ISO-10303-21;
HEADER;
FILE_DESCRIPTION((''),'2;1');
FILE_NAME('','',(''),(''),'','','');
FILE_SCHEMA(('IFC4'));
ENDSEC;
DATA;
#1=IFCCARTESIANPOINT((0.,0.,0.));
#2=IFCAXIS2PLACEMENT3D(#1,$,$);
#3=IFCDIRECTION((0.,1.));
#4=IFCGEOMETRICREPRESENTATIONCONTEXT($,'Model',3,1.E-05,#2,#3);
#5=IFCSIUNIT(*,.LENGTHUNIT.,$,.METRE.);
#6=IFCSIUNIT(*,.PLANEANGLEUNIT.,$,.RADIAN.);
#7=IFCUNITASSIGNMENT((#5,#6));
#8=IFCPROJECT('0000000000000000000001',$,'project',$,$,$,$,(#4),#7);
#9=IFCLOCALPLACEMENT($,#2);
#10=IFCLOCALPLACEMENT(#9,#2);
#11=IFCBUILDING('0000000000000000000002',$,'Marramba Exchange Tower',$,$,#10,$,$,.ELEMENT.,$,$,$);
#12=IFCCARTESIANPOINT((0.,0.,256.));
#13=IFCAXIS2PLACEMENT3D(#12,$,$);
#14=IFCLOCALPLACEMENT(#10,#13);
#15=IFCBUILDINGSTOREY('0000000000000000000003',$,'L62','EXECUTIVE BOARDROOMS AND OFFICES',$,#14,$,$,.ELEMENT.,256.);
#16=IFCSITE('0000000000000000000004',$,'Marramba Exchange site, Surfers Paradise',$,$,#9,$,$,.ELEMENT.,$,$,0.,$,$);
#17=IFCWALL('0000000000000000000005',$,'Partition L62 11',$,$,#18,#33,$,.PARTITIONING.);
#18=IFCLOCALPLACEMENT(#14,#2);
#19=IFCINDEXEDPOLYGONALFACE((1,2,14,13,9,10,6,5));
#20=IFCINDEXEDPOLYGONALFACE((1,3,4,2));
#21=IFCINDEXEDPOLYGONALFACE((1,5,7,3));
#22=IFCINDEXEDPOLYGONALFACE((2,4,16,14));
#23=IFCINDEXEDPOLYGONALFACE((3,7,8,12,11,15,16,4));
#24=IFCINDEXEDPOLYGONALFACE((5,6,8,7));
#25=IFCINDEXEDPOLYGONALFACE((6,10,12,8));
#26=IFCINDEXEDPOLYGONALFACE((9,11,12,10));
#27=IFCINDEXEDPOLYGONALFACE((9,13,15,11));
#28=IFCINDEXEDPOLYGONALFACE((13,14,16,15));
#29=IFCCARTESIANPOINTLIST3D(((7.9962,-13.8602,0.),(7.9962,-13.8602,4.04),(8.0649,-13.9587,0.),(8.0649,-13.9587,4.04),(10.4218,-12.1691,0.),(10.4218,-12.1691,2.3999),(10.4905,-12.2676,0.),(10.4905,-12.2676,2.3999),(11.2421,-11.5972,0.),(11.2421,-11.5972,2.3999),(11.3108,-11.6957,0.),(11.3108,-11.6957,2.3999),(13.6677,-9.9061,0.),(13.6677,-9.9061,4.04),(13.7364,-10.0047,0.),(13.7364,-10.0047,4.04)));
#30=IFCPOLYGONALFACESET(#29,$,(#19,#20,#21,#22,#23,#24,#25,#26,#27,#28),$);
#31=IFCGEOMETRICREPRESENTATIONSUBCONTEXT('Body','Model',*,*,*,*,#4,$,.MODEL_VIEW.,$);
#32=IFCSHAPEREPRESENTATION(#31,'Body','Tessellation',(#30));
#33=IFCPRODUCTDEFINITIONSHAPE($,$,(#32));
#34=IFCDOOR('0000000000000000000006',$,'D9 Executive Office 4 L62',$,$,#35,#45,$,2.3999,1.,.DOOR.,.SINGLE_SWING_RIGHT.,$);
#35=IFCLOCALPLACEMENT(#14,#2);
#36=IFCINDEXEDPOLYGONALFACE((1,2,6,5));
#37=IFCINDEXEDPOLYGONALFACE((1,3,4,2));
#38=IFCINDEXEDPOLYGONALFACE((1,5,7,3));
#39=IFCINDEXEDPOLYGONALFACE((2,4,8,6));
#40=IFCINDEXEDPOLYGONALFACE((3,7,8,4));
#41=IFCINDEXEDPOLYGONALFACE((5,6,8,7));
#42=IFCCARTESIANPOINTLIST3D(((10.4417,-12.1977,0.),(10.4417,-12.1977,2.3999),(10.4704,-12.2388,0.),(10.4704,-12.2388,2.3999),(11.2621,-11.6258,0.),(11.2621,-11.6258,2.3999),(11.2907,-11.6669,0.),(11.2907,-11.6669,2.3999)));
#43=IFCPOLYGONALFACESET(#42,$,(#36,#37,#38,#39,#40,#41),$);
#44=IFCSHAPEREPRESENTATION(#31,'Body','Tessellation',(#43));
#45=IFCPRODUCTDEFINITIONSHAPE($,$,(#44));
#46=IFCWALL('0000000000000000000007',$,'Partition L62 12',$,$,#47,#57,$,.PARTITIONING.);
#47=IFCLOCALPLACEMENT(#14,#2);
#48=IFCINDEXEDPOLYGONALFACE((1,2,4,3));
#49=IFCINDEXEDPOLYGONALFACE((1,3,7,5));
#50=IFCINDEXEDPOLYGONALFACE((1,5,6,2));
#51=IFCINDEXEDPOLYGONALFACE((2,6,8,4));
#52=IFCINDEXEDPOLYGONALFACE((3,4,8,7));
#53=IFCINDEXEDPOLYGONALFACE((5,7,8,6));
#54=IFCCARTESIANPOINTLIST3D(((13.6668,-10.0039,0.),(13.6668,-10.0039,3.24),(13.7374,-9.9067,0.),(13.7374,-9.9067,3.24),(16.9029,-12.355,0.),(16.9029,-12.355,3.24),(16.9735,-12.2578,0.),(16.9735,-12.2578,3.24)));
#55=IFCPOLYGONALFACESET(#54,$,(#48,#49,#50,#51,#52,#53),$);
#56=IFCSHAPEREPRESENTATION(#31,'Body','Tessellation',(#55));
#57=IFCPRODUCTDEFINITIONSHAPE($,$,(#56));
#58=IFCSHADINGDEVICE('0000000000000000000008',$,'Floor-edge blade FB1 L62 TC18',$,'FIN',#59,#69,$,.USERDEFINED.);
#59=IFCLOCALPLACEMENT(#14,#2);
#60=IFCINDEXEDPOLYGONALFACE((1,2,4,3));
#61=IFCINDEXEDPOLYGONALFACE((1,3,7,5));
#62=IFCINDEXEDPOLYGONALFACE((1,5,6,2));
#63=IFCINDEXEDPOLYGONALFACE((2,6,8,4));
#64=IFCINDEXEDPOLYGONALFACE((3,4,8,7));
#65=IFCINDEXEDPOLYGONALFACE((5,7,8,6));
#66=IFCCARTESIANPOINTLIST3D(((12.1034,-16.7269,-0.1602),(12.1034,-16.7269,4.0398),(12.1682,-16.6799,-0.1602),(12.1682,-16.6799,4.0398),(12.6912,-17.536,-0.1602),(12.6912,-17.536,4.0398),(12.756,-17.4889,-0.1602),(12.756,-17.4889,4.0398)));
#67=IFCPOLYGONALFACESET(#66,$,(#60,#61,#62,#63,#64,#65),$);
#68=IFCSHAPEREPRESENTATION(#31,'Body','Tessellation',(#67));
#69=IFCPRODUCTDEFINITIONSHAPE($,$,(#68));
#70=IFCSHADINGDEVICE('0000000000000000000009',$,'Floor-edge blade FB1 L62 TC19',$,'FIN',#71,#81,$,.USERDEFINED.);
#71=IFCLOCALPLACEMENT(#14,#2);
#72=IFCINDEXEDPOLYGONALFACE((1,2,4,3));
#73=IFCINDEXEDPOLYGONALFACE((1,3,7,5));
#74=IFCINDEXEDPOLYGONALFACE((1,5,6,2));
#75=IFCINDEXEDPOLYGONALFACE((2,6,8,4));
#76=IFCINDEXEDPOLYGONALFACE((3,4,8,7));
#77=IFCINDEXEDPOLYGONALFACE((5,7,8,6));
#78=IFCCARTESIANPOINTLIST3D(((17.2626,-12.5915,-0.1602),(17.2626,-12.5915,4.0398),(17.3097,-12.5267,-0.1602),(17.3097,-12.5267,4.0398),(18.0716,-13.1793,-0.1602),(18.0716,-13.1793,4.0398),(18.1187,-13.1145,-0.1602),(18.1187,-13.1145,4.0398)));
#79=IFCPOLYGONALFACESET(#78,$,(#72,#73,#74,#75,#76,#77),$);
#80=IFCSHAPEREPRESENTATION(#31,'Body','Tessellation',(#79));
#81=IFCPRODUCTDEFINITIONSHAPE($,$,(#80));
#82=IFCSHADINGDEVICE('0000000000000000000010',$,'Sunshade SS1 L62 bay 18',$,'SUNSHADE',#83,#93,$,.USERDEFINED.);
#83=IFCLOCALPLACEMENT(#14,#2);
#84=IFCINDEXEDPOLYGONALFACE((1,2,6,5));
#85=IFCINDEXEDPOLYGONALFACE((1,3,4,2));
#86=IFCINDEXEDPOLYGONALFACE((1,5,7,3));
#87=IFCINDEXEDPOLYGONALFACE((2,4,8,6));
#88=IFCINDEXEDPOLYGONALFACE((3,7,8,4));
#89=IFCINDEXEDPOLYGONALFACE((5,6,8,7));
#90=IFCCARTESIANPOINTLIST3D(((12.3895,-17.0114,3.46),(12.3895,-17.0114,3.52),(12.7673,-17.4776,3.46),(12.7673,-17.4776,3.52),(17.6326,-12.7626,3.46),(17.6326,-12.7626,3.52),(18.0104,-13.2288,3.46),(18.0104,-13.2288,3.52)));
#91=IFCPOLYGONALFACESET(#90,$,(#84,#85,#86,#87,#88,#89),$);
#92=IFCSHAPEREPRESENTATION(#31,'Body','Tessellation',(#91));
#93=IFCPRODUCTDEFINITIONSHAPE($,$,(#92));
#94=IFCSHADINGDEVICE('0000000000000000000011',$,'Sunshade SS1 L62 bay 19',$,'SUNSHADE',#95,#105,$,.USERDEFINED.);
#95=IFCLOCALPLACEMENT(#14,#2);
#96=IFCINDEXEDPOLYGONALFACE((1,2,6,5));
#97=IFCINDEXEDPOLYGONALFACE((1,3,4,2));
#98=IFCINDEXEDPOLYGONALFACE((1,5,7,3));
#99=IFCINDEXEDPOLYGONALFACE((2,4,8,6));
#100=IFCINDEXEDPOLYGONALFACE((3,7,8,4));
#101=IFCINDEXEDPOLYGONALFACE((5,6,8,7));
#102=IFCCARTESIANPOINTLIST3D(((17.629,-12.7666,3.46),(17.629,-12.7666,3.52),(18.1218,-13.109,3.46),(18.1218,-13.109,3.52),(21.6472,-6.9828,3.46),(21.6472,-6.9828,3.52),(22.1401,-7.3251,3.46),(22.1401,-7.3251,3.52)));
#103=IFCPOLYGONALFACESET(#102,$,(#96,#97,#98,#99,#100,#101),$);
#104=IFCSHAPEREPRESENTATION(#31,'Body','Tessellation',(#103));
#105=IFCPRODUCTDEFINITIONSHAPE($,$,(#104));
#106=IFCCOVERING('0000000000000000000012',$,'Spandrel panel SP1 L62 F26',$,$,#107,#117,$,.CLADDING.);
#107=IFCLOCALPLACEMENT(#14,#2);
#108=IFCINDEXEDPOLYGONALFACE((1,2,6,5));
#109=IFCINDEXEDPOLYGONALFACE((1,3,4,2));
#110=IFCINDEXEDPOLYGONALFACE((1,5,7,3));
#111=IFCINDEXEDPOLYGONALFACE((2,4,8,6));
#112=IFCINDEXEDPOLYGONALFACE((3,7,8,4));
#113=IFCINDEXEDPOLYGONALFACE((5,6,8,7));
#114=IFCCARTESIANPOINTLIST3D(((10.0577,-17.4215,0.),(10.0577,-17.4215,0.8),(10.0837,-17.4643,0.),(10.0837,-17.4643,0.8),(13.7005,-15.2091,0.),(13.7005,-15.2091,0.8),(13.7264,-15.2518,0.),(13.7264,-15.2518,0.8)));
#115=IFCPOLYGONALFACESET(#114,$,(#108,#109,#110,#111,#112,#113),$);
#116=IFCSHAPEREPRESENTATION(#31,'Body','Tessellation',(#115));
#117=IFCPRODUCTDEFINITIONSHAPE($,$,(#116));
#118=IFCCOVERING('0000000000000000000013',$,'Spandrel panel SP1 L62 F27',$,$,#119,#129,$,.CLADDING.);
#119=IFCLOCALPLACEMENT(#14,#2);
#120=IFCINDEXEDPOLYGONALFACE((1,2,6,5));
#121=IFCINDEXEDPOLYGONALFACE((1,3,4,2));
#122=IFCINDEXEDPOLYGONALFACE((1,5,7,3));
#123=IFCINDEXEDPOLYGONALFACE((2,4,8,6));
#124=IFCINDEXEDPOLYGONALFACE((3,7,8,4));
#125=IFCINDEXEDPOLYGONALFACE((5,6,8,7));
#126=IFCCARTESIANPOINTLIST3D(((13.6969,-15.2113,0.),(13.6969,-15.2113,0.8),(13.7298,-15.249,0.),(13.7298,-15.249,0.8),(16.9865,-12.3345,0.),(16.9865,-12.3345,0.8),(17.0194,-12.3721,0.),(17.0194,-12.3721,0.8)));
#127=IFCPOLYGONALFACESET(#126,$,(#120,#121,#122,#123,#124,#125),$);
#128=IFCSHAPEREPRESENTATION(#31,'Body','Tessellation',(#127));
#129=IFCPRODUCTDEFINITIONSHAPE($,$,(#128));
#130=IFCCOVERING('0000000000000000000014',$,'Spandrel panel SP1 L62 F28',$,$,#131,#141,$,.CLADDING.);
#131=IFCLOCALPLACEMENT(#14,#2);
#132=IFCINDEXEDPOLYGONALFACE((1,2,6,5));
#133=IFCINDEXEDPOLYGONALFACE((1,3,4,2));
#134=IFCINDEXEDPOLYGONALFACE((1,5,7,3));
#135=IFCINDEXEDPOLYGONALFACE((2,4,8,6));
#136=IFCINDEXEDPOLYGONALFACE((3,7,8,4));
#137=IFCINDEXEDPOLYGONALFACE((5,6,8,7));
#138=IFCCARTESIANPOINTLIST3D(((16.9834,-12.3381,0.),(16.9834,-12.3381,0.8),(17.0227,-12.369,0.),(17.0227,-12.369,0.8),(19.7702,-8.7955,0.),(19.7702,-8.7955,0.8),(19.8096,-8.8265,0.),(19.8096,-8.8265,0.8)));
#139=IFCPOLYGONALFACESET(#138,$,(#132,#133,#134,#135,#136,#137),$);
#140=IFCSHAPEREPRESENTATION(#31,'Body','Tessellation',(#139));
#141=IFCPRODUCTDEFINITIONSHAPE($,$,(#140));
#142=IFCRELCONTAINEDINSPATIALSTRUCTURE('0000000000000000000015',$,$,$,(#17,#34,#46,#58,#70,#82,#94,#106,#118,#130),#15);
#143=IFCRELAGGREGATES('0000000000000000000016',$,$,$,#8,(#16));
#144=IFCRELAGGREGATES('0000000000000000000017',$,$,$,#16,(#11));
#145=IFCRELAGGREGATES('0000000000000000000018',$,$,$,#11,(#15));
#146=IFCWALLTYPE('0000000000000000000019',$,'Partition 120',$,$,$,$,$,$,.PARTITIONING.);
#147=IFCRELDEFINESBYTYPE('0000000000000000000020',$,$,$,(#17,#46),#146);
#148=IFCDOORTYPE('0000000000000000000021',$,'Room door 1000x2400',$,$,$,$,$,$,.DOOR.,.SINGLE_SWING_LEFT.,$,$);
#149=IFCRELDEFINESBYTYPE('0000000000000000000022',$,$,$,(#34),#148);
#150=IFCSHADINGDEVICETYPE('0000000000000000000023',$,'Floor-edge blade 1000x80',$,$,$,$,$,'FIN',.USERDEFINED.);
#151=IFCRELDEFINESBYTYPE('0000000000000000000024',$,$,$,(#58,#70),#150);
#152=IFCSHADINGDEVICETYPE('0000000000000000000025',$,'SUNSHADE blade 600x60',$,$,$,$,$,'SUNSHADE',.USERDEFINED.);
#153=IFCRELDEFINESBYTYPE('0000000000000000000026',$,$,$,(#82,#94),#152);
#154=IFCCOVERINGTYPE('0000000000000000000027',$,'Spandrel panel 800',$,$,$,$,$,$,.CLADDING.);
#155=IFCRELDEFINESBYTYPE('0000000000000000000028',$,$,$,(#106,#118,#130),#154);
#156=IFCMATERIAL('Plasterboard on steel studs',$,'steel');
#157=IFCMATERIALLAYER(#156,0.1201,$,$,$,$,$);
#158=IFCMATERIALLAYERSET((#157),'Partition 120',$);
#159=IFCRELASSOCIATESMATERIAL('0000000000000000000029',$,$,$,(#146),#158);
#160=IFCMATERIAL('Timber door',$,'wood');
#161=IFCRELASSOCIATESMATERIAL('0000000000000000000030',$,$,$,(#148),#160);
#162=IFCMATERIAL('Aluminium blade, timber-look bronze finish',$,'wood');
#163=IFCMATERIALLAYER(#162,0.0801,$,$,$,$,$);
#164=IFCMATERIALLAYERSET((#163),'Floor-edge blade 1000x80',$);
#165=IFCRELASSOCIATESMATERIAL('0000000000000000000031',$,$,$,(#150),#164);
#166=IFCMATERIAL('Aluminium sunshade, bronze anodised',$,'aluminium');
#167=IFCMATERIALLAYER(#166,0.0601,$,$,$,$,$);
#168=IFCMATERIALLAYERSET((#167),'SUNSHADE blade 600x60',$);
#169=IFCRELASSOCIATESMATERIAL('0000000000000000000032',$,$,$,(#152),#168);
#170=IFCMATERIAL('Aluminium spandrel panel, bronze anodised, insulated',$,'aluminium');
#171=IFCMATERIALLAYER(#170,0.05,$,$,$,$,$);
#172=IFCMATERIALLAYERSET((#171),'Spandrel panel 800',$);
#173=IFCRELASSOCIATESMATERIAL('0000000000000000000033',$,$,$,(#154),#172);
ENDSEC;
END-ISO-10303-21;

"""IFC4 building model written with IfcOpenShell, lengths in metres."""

from ifc_helpers import new_model, si_unit, direction, frame, frame_2d, origin, origin_2d, place, context, subcontext, project, spatial, rectangle, extrude, material, layer, layer_set, type_object, element, fill, save


model = new_model("IFC4")

# Units and contexts
model_context = context("Model", 3, precision=1e-05, world=origin(), true_north=direction((0.0, 1.0)))
body_context = subcontext(model_context, "Body", "Model", "MODEL_VIEW")
ifc_project = project(units=[si_unit("LENGTHUNIT", "METRE"), si_unit("PLANEANGLEUNIT", "RADIAN")], contexts=[model_context])

# Site, building, storey
site_placement = place(None, origin())
site = spatial("IfcSite", under=ifc_project, at=site_placement, Name="Marramba Exchange site, Surfers Paradise", CompositionType="ELEMENT", RefElevation=0.0)
building_placement = place(site_placement, origin())
building = spatial("IfcBuilding", under=site, at=building_placement, Name="Marramba Exchange Tower", CompositionType="ELEMENT")
storey_placement = place(building_placement, frame((0.0, 0.0, 256.0)))
storey = spatial("IfcBuildingStorey", under=building, at=storey_placement, Name="L62", Description="EXECUTIVE BOARDROOMS AND OFFICES", CompositionType="ELEMENT", Elevation=256.0)

# Wall, opening, door
ifc_material_1 = material(Name="Plasterboard on steel studs", Category="steel")
ifc_layer_1 = layer(ifc_material_1, 0.1201)
ifc_layer_set_1 = layer_set([ifc_layer_1], Name="Partition 120")
wall_type = type_object("IfcWallType", Name="Partition 120", PredefinedType="PARTITIONING", material=ifc_layer_set_1)
wall_1_placement = place(storey_placement, frame((13.7021, -9.9553, 0.0), z_axis=(0.0, 0.0, 1.0), x_axis=(-0.82032, -0.571904, 0.0)))
wall_1 = element("IfcWall", 1, at=wall_1_placement, inside=storey, type_object=wall_type, Name="Partition L62 11", PredefinedType="PARTITIONING", context=body_context, shape_type="SweptSolid", body=[
    extrude(rectangle(XDim=6.9138, YDim=0.1201, at=frame_2d((3.457, 0.0))), origin(), (0.0, 0.0, 1.0), 4.04),
])
opening_placement = place(wall_1_placement, frame((2.957, 0.0, 0.0)))
opening = element("IfcOpeningElement", 2, at=opening_placement, cuts=wall_1, PredefinedType="OPENING", context=body_context, shape_type="SweptSolid", body=[
    extrude(rectangle(XDim=1.0, YDim=2.3999, at=frame_2d((0.5, 1.2))), frame((0.0, 0.0701, 0.0), z_axis=(0.0, -1.0, 0.0), x_axis=(1.0, 0.0, 0.0)), (0.0, 0.0, 1.0), 0.1401),
])
ifc_material_2 = material(Name="Timber door", Category="wood")
door_type = type_object("IfcDoorType", Name="Room door 1000x2400", OperationType="SINGLE_SWING_LEFT", PredefinedType="DOOR", material=ifc_material_2)
door_placement = place(opening_placement, origin())
door = element("IfcDoor", 3, at=door_placement, inside=storey, type_object=door_type, Name="D9 Executive Office 4 L62", OperationType="SINGLE_SWING_RIGHT", OverallHeight=2.3999, OverallWidth=1.0, PredefinedType="DOOR", context=body_context, shape_type="SweptSolid", body=[
    extrude(rectangle(XDim=1.0, YDim=2.3999, at=frame_2d((0.5, 1.2))), frame((0.0, 0.0249, 0.0), z_axis=(0.0, -1.0, 0.0), x_axis=(1.0, 0.0, 0.0)), (0.0, 0.0, 1.0), 0.05),
])
fill(opening, door)

# Wall
wall_2_placement = place(storey_placement, frame((16.9382, -12.3064, 0.0), z_axis=(0.0, 0.0, 1.0), x_axis=(-0.809026, 0.587772, 0.0)))
element("IfcWall", 4, at=wall_2_placement, inside=storey, type_object=wall_type, Name="Partition L62 12", PredefinedType="PARTITIONING", context=body_context, shape_type="SweptSolid", body=[
    extrude(rectangle(XDim=4.0, YDim=0.1201, at=frame_2d((2.0, 0.0))), origin(), (0.0, 0.0, 1.0), 3.24),
])

# Shading devices
ifc_material_3 = material(Name="Aluminium blade, timber-look bronze finish", Category="wood")
ifc_layer_2 = layer(ifc_material_3, 0.0801)
ifc_layer_set_2 = layer_set([ifc_layer_2], Name="Floor-edge blade 1000x80")
shading_device_type_1 = type_object("IfcShadingDeviceType", Name="Floor-edge blade 1000x80", ElementType="FIN", PredefinedType="USERDEFINED", material=ifc_layer_set_2)
for number, where, z_axis, x_axis, name in (
    (5, (12.4297, -17.1079, -0.1602), (0.0, 0.0, 1.0), (0.587785, -0.809017, 0.0), "Floor-edge blade FB1 L62 TC18"),
    (6, (17.6907, -12.853, -0.1602), (0.0, 0.0, 1.0), (0.809017, -0.587785, 0.0), "Floor-edge blade FB1 L62 TC19"),
):
    element("IfcShadingDevice", number, at=place(storey_placement, frame(where, z_axis=z_axis, x_axis=x_axis)), inside=storey, type_object=shading_device_type_1, Name=name, ObjectType="FIN", PredefinedType="USERDEFINED", context=body_context, shape_type="SweptSolid", body=[
        extrude(rectangle(XDim=1.0, YDim=0.0801, at=origin_2d()), origin(), (0.0, 0.0, 1.0), 4.2),
    ])
ifc_material_4 = material(Name="Aluminium sunshade, bronze anodised", Category="aluminium")
ifc_layer_3 = layer(ifc_material_4, 0.0601)
ifc_layer_set_3 = layer_set([ifc_layer_3], Name="SUNSHADE blade 600x60")
shading_device_type_2 = type_object("IfcShadingDeviceType", Name="SUNSHADE blade 600x60", ElementType="SUNSHADE", PredefinedType="USERDEFINED", material=ifc_layer_set_3)
shading_device_1_placement = place(storey_placement, frame((15.2, -15.1201, 3.46), z_axis=(0.0, 0.0, 1.0), x_axis=(0.776928, 0.62959, 0.0)))
element("IfcShadingDevice", 7, at=shading_device_1_placement, inside=storey, type_object=shading_device_type_2, Name="Sunshade SS1 L62 bay 18", ObjectType="SUNSHADE", PredefinedType="USERDEFINED", context=body_context, shape_type="SweptSolid", body=[
    extrude(rectangle(XDim=6.7485, YDim=0.6001, at=origin_2d()), origin(), (0.0, 0.0, 1.0), 0.0601),
])
shading_device_2_placement = place(storey_placement, frame((19.8845, -10.0459, 3.46), z_axis=(0.0, 0.0, 1.0), x_axis=(0.570558, 0.821257, 0.0)))
element("IfcShadingDevice", 8, at=shading_device_2_placement, inside=storey, type_object=shading_device_type_2, Name="Sunshade SS1 L62 bay 19", ObjectType="SUNSHADE", PredefinedType="USERDEFINED", context=body_context, shape_type="SweptSolid", body=[
    extrude(rectangle(XDim=7.0427, YDim=0.6001, at=origin_2d()), origin(), (0.0, 0.0, 1.0), 0.0601),
])

# Coverings
ifc_material_5 = material(Name="Aluminium spandrel panel, bronze anodised, insulated", Category="aluminium")
ifc_layer_4 = layer(ifc_material_5, 0.05)
ifc_layer_set_4 = layer_set([ifc_layer_4], Name="Spandrel panel 800")
covering_type = type_object("IfcCoveringType", Name="Spandrel panel 800", PredefinedType="CLADDING", material=ifc_layer_set_4)
covering_1_placement = place(storey_placement, frame((11.8921, -16.3367, 0.0), z_axis=(0.0, 0.0, 1.0), x_axis=(0.854704, 0.519115, 0.0)))
element("IfcCovering", 9, at=covering_1_placement, inside=storey, type_object=covering_type, Name="Spandrel panel SP1 L62 F26", PredefinedType="CLADDING", context=body_context, shape_type="SweptSolid", body=[
    extrude(rectangle(XDim=4.262, YDim=0.05, at=origin_2d()), origin(), (0.0, 0.0, 1.0), 0.8),
])
covering_2_placement = place(storey_placement, frame((15.3582, -13.7917, 0.0), z_axis=(0.0, 0.0, 1.0), x_axis=(0.752751, 0.658305, 0.0)))
element("IfcCovering", 10, at=covering_2_placement, inside=storey, type_object=covering_type, Name="Spandrel panel SP1 L62 F27", PredefinedType="CLADDING", context=body_context, shape_type="SweptSolid", body=[
    extrude(rectangle(XDim=4.3701, YDim=0.05, at=origin_2d()), origin(), (0.0, 0.0, 1.0), 0.8),
])
covering_3_placement = place(storey_placement, frame((18.3965, -10.5823, 0.0), z_axis=(0.0, 0.0, 1.0), x_axis=(0.618291, 0.78595, 0.0)))
element("IfcCovering", 11, at=covering_3_placement, inside=storey, type_object=covering_type, Name="Spandrel panel SP1 L62 F28", PredefinedType="CLADDING", context=body_context, shape_type="SweptSolid", body=[
    extrude(rectangle(XDim=4.5073, YDim=0.05, at=origin_2d()), origin(), (0.0, 0.0, 1.0), 0.8),
])

save(model, "model.ifc")
